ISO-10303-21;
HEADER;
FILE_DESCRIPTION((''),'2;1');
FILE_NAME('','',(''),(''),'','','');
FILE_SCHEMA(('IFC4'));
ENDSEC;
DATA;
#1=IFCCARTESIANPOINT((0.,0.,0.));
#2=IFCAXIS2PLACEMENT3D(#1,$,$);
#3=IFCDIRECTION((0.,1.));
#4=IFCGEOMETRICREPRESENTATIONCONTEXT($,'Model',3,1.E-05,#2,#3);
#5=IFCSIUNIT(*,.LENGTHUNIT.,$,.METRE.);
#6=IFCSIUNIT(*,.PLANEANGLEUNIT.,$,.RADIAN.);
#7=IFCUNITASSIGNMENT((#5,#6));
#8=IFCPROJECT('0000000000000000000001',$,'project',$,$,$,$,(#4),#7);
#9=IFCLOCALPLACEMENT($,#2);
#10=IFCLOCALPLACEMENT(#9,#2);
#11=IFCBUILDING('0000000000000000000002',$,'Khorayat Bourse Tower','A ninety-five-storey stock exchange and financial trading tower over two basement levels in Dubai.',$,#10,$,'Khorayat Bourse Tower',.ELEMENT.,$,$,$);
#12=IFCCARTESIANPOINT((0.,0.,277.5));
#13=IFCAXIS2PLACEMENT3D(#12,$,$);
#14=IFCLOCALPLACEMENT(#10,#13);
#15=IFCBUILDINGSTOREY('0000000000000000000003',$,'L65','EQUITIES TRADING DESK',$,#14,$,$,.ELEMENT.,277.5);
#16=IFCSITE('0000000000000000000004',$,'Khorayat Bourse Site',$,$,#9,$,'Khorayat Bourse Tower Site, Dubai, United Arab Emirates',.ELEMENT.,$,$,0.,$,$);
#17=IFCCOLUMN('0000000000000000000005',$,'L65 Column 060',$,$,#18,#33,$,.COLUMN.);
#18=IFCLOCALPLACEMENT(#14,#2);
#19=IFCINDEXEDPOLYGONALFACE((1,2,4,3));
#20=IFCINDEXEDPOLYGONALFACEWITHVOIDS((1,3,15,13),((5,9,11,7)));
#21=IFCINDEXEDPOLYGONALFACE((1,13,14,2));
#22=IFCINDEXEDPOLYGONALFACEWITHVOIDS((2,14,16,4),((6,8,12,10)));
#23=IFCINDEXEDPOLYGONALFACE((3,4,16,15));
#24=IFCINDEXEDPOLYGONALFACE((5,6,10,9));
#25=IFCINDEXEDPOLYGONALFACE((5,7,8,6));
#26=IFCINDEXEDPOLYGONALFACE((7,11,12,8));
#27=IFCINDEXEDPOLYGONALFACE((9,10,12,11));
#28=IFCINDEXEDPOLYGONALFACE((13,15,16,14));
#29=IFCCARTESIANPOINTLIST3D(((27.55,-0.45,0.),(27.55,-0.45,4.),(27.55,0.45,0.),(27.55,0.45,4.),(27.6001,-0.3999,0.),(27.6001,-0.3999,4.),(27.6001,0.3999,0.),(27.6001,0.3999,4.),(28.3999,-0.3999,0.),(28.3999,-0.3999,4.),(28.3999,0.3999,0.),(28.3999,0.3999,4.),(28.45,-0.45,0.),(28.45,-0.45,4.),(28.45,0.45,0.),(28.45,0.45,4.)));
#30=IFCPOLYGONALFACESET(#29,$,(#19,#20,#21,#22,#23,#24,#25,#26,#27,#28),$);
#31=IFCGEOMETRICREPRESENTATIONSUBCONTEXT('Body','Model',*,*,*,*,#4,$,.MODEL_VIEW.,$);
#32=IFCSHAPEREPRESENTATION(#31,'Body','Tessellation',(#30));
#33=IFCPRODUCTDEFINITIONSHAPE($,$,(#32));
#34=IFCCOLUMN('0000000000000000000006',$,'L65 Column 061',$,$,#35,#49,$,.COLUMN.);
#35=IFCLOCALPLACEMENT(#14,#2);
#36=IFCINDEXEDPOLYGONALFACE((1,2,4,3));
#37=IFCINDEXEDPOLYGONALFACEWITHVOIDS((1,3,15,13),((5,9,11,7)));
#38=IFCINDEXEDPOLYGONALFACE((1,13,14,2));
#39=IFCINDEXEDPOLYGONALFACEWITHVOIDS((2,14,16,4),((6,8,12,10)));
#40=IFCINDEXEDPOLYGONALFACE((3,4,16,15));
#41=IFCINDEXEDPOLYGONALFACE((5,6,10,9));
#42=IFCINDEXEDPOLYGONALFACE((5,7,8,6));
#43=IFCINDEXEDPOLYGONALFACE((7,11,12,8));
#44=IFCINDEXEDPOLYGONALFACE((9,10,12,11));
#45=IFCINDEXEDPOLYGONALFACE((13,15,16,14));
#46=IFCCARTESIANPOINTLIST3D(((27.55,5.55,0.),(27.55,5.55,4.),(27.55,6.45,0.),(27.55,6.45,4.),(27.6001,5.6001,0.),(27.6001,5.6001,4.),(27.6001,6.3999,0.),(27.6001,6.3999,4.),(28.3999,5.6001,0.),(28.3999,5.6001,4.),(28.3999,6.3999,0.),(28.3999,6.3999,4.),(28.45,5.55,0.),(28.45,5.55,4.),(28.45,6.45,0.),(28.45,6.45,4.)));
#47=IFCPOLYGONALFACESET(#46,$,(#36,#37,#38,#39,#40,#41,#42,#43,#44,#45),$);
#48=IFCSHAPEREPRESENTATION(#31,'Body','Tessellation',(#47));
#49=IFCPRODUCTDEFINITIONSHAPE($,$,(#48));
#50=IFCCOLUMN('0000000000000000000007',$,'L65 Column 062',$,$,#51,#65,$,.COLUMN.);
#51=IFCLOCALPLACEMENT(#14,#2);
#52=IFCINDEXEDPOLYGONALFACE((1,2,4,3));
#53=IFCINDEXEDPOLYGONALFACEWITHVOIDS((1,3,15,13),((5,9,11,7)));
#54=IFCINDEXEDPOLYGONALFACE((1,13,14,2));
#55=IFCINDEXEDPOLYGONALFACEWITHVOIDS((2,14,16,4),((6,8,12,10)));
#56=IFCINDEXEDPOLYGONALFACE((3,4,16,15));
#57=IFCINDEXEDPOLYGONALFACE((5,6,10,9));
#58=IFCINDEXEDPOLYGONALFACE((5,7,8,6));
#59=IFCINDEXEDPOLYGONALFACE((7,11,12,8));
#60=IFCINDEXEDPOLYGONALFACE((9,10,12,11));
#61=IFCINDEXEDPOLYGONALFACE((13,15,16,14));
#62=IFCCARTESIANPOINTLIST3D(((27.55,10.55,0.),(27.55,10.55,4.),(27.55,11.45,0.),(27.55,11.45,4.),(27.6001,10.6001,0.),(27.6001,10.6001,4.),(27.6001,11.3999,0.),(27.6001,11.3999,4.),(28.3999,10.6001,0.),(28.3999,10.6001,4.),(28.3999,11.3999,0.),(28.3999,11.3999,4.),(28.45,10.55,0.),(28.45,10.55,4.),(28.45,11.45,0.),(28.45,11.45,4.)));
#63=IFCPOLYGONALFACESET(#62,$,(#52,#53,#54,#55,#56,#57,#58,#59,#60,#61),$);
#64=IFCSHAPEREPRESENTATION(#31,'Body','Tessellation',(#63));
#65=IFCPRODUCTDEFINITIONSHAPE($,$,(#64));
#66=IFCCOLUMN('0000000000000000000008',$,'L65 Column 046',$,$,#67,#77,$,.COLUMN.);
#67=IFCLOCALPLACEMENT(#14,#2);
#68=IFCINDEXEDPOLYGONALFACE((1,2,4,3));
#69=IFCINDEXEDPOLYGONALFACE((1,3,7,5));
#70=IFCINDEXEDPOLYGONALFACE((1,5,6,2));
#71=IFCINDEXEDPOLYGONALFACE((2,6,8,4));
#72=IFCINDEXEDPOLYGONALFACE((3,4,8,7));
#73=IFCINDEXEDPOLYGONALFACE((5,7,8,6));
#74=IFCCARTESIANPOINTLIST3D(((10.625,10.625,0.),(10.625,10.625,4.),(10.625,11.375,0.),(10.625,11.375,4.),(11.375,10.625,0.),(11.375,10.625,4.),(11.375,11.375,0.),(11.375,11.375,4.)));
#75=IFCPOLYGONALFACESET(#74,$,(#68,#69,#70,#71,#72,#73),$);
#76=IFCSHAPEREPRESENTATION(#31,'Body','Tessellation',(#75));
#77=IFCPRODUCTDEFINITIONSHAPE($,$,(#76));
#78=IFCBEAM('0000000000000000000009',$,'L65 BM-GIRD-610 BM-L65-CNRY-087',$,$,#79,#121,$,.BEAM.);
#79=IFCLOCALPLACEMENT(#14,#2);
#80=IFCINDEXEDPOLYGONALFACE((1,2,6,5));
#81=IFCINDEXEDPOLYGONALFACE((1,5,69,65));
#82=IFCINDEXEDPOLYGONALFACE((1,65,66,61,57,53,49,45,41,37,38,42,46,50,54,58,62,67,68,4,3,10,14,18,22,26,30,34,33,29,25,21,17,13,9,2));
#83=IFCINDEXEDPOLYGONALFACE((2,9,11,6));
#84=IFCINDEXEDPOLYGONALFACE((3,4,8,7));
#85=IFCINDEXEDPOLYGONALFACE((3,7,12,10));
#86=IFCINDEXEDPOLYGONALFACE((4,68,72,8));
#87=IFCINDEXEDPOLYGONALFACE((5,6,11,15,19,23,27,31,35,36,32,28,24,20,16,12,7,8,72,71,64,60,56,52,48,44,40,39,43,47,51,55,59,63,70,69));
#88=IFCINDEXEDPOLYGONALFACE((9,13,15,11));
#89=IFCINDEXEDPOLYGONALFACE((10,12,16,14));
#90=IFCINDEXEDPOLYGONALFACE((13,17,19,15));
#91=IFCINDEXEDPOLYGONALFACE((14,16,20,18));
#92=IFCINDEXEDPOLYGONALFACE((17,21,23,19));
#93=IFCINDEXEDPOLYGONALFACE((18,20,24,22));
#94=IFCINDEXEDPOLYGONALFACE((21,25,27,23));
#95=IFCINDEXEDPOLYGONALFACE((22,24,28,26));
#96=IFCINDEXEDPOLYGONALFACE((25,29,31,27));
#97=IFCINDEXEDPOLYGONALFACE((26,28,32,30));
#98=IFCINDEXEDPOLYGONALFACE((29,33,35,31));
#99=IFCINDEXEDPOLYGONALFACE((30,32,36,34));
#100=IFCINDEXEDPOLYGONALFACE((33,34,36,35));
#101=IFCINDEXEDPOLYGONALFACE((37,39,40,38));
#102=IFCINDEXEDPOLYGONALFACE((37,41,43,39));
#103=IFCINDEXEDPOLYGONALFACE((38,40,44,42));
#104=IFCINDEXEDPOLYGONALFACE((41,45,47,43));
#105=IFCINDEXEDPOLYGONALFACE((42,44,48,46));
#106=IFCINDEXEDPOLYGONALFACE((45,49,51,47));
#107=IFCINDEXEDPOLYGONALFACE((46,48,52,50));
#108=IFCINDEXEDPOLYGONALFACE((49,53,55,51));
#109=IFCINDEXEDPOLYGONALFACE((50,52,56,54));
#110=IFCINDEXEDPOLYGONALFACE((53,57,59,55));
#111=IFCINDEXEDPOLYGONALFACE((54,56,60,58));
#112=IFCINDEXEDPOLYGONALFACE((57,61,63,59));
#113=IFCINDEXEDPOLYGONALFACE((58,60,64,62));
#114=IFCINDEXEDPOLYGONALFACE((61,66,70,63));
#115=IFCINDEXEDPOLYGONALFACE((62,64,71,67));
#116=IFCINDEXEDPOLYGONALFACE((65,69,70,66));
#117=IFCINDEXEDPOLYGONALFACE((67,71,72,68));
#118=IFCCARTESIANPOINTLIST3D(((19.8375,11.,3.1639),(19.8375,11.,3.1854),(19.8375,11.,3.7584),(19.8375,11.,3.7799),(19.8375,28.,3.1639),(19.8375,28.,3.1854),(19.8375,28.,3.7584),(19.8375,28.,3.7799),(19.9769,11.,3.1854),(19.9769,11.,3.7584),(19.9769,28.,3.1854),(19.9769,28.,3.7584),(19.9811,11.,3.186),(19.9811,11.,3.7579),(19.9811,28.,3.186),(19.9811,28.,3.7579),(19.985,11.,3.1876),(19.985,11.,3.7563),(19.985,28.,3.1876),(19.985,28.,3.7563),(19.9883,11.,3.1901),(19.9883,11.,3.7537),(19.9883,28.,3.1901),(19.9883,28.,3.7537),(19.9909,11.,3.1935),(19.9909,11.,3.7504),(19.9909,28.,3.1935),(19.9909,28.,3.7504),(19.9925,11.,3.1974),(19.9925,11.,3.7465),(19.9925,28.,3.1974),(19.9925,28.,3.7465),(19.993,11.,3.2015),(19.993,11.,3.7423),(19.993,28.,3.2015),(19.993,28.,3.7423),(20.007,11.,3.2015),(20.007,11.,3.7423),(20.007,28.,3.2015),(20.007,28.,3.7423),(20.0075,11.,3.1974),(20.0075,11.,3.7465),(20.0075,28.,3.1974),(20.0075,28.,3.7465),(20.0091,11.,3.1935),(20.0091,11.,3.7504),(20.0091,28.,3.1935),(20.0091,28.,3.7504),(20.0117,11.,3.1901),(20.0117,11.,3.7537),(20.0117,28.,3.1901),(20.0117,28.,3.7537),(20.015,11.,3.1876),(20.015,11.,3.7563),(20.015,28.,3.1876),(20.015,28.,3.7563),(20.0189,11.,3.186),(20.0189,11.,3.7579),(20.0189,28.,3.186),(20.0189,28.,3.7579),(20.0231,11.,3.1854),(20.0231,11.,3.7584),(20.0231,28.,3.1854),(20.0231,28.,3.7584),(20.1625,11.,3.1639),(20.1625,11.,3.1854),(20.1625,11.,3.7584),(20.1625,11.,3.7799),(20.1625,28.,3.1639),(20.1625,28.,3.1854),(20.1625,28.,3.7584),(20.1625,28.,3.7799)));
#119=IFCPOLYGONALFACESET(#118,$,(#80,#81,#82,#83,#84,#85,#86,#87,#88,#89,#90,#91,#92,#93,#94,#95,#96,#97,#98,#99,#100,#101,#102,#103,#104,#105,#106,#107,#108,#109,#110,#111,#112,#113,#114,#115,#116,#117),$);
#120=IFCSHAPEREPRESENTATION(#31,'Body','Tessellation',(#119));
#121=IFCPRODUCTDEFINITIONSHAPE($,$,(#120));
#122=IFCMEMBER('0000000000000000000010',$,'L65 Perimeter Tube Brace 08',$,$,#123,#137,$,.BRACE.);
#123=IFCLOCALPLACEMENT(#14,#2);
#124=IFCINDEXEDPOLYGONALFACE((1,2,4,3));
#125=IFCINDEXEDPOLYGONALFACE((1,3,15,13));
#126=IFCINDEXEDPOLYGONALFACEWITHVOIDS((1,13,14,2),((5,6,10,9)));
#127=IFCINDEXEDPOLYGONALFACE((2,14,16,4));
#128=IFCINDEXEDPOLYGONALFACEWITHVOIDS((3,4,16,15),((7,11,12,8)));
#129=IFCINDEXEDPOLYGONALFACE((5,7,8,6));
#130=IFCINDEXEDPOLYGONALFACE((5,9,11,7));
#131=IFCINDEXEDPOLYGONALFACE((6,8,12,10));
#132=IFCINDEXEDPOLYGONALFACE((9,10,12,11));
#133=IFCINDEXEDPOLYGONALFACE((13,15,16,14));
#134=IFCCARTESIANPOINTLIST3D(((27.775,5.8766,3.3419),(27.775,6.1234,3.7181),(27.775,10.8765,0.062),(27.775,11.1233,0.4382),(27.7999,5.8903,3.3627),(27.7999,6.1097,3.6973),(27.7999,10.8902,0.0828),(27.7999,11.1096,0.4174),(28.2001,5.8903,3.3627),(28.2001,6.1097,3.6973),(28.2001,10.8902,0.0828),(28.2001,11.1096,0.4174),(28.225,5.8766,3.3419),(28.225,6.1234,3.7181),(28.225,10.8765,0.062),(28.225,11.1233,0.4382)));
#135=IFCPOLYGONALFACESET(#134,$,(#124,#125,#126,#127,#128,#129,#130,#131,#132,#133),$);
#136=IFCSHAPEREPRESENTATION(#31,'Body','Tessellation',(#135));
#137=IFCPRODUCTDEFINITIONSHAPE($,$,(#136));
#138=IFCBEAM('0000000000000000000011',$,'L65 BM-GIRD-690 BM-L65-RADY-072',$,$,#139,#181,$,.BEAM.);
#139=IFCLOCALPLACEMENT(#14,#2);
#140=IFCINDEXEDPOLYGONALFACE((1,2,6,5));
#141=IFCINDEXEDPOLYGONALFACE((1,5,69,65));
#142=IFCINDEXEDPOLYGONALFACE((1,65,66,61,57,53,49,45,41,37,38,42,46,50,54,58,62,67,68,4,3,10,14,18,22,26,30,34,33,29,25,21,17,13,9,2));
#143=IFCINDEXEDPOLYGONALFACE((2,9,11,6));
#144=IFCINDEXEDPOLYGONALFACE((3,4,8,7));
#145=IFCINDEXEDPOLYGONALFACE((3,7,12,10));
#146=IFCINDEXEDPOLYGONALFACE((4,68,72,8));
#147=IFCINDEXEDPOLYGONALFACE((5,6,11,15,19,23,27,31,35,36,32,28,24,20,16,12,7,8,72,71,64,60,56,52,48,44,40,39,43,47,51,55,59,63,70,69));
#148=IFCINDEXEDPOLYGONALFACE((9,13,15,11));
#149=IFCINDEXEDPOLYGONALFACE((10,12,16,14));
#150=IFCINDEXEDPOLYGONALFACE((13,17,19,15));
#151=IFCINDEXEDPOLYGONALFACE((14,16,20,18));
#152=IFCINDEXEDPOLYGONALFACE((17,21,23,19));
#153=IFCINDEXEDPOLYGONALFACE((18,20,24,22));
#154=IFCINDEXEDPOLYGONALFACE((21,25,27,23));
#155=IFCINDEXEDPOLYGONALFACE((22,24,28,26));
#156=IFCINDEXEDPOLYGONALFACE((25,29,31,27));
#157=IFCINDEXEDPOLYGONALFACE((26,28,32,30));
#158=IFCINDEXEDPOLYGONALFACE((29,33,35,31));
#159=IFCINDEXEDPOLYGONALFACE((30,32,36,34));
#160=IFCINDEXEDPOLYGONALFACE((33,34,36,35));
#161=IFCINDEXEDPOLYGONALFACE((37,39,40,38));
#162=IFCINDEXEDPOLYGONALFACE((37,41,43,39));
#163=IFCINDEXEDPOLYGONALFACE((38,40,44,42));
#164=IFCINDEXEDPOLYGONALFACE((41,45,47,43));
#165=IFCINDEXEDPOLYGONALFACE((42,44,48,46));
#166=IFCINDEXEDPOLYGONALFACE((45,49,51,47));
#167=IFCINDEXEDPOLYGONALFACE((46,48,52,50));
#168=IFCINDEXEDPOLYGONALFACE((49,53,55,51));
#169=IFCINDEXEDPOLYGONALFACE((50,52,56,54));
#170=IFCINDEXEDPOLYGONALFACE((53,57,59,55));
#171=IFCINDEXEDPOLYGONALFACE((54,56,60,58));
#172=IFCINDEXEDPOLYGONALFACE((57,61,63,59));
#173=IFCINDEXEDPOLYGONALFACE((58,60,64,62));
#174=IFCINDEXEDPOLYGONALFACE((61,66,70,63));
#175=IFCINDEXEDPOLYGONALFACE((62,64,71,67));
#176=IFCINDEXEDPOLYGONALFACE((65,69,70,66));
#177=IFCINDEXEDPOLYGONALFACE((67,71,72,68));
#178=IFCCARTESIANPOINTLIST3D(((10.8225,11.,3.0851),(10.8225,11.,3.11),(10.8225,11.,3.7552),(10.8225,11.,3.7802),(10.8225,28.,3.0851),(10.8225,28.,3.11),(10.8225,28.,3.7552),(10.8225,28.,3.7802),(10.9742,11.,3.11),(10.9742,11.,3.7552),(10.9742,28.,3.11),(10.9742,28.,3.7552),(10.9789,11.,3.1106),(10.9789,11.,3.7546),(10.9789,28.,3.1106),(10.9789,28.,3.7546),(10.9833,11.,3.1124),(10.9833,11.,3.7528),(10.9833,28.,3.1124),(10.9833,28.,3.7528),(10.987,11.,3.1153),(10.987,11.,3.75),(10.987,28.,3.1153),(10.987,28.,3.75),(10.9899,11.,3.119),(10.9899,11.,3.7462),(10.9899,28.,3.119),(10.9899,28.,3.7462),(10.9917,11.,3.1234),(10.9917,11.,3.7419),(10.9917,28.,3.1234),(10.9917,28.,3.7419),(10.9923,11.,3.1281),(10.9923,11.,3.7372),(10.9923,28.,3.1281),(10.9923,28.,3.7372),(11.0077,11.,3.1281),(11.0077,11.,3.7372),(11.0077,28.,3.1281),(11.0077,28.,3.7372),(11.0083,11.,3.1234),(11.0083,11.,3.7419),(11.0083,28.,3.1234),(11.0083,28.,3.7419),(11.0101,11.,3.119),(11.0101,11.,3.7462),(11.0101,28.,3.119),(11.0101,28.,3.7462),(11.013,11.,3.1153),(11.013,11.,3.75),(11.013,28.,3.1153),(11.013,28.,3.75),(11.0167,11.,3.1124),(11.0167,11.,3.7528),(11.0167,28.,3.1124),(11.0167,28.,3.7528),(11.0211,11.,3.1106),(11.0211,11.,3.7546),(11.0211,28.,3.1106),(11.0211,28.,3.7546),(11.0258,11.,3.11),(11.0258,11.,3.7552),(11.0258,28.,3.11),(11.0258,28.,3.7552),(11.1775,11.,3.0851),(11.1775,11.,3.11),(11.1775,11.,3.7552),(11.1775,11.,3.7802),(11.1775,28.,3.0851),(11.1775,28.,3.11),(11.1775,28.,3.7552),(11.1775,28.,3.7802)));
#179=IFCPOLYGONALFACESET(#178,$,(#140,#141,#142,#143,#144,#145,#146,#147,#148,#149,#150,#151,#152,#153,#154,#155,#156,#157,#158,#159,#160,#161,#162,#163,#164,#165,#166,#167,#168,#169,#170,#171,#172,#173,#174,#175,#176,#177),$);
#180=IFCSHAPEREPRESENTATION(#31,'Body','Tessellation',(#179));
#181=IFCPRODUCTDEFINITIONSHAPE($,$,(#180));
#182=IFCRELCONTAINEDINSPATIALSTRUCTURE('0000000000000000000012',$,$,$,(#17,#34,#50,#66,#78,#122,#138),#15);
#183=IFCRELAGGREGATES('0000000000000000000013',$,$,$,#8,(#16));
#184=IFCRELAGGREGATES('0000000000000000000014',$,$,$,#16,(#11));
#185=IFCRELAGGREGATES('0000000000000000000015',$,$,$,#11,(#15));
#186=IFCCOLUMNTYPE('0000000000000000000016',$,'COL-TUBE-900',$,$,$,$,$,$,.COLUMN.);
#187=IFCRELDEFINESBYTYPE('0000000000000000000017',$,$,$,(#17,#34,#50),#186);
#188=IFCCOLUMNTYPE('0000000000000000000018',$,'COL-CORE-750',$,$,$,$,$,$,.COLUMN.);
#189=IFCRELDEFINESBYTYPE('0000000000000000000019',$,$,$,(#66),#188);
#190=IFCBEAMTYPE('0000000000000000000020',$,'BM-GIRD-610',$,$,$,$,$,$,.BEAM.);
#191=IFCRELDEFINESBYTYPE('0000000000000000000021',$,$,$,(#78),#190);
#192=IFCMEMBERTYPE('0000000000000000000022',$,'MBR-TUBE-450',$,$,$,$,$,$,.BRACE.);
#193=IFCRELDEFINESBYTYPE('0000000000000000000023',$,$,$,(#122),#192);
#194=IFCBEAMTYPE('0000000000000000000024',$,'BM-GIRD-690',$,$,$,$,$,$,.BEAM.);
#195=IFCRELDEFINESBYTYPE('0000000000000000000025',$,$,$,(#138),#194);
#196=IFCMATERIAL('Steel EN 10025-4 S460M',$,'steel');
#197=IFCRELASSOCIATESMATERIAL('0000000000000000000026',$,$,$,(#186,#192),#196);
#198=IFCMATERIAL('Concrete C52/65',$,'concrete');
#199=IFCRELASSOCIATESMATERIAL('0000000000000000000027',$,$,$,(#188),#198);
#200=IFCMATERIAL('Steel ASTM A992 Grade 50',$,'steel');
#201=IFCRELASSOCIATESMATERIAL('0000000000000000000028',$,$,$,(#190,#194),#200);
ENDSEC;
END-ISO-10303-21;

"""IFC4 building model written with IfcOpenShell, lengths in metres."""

from ifc_helpers import new_model, si_unit, direction, frame, origin, origin_2d, place, context, subcontext, project, spatial, rectangle, hollow_rectangle, i_section, extrude, source, transform, mapped, material, material_profile, profile_set, type_object, element, save


model = new_model("IFC4")

# Units and contexts
model_context = context("Model", 3, precision=1e-05, world=origin(), true_north=direction((0.0, 1.0)))
body_context = subcontext(model_context, "Body", "Model", "MODEL_VIEW")
ifc_project = project(units=[si_unit("LENGTHUNIT", "METRE"), si_unit("PLANEANGLEUNIT", "RADIAN")], contexts=[model_context])

# Site, building, storey
site_placement = place(None, origin())
site = spatial("IfcSite", under=ifc_project, at=site_placement, Name="Khorayat Bourse Site", LongName="Khorayat Bourse Tower Site, Dubai, United Arab Emirates", CompositionType="ELEMENT", RefElevation=0.0)
building_placement = place(site_placement, origin())
building = spatial("IfcBuilding", under=site, at=building_placement, Name="Khorayat Bourse Tower", Description="A ninety-five-storey stock exchange and financial trading tower over two basement levels in Dubai.", LongName="Khorayat Bourse Tower", CompositionType="ELEMENT")
storey_placement = place(building_placement, frame((0.0, 0.0, 277.5)))
storey = spatial("IfcBuildingStorey", under=building, at=storey_placement, Name="L65", Description="EQUITIES TRADING DESK", CompositionType="ELEMENT", Elevation=277.5)

# Columns
ifc_material_1 = material(Name="Steel EN 10025-4 S460M", Category="steel")
ifc_material_profile_1 = material_profile(ifc_material_1, hollow_rectangle(XDim=0.8999, YDim=0.8999, WallThickness=0.05, at=origin_2d()), Name="BOX 900x900x50")
ifc_profile_set_1 = profile_set([ifc_material_profile_1], Name="Steel EN 10025-4 S460M")
column_type_1 = type_object("IfcColumnType", Name="COL-TUBE-900", PredefinedType="COLUMN", material=ifc_profile_set_1)
shared_shape_1 = source(origin(), body_context, "Body", "SweptSolid", [
    extrude(hollow_rectangle(XDim=0.8999, YDim=0.8999, WallThickness=0.05, at=origin_2d()), origin(), (0.0, 0.0, 1.0), 4.0),
])
for number, where, z_axis, x_axis, name in (
    (1, (28.0, 0.0, 0.0), (0.0, 0.0, 1.0), (1.0, 0.0, 0.0), "L65 Column 060"),
    (2, (28.0, 6.0, 0.0), (0.0, 0.0, 1.0), (1.0, 0.0, 0.0), "L65 Column 061"),
    (3, (28.0, 11.0, 0.0), (0.0, 0.0, 1.0), (1.0, 0.0, 0.0), "L65 Column 062"),
):
    element("IfcColumn", number, at=place(storey_placement, frame(where, z_axis=z_axis, x_axis=x_axis)), inside=storey, type_object=column_type_1, Name=name, PredefinedType="COLUMN", context=body_context, shape_type="MappedRepresentation", body=[
        mapped(shared_shape_1, transform((0.0, 0.0, 0.0), scale=1.0)),
    ])
ifc_material_2 = material(Name="Concrete C52/65", Category="concrete")
ifc_material_profile_2 = material_profile(ifc_material_2, rectangle(XDim=0.75, YDim=0.75, at=origin_2d()), Name="RC 750x750")
ifc_profile_set_2 = profile_set([ifc_material_profile_2], Name="Concrete C52/65")
column_type_2 = type_object("IfcColumnType", Name="COL-CORE-750", PredefinedType="COLUMN", material=ifc_profile_set_2)
shared_shape_2 = source(origin(), body_context, "Body", "SweptSolid", [
    extrude(rectangle(XDim=0.75, YDim=0.75, at=origin_2d()), origin(), (0.0, 0.0, 1.0), 4.0),
])
column_placement = place(storey_placement, frame((11.0, 11.0, 0.0), z_axis=(0.0, 0.0, 1.0), x_axis=(1.0, 0.0, 0.0)))
element("IfcColumn", 4, at=column_placement, inside=storey, type_object=column_type_2, Name="L65 Column 046", PredefinedType="COLUMN", context=body_context, shape_type="MappedRepresentation", body=[
    mapped(shared_shape_2, transform((0.0, 0.0, 0.0), scale=1.0)),
])

# Beam
ifc_material_3 = material(Name="Steel ASTM A992 Grade 50", Category="steel")
ifc_material_profile_3 = material_profile(ifc_material_3, i_section(OverallWidth=0.325, OverallDepth=0.616, WebThickness=0.0139, FlangeThickness=0.0215, FilletRadius=0.0161, at=origin_2d()), Name="W610X174")
ifc_profile_set_3 = profile_set([ifc_material_profile_3], Name="Steel ASTM A992 Grade 50")
beam_type_1 = type_object("IfcBeamType", Name="BM-GIRD-610", PredefinedType="BEAM", material=ifc_profile_set_3)
shared_shape_3 = source(origin(), body_context, "Body", "SweptSolid", [
    extrude(i_section(OverallWidth=0.325, OverallDepth=0.616, WebThickness=0.0139, FlangeThickness=0.0215, FilletRadius=0.0161, at=origin_2d()), origin(), (0.0, 0.0, 1.0), 17.0),
])
beam_1_placement = place(storey_placement, frame((20.0, 11.0, 3.4719), z_axis=(0.0, 1.0, 0.0), x_axis=(-1.0, 0.0, 0.0)))
element("IfcBeam", 5, at=beam_1_placement, inside=storey, type_object=beam_type_1, Name="L65 BM-GIRD-610 BM-L65-CNRY-087", PredefinedType="BEAM", context=body_context, shape_type="MappedRepresentation", body=[
    mapped(shared_shape_3, transform((0.0, 0.0, 0.0), scale=1.0)),
])

# Member
ifc_material_profile_4 = material_profile(ifc_material_1, hollow_rectangle(XDim=0.45, YDim=0.45, WallThickness=0.0249, at=origin_2d()), Name="HSS 450x450x25")
ifc_profile_set_4 = profile_set([ifc_material_profile_4], Name="Steel EN 10025-4 S460M")
member_type_1 = type_object("IfcMemberType", Name="MBR-TUBE-450", PredefinedType="BRACE", material=ifc_profile_set_4)
shared_shape_4 = source(origin(), body_context, "Body", "SweptSolid", [
    extrude(hollow_rectangle(XDim=0.45, YDim=0.45, WallThickness=0.0249, at=origin_2d()), origin(), (0.0, 0.0, 1.0), 5.9797),
])
member_1_placement = place(storey_placement, frame((28.0, 6.0, 3.53), z_axis=(0.0, 0.836142, -0.548514), x_axis=(-1.0, 0.0, 0.0)))
element("IfcMember", 6, at=member_1_placement, inside=storey, type_object=member_type_1, Name="L65 Perimeter Tube Brace 08", PredefinedType="BRACE", context=body_context, shape_type="MappedRepresentation", body=[
    mapped(shared_shape_4, transform((0.0, 0.0, 0.0), scale=1.0)),
])

# Beam
ifc_material_profile_5 = material_profile(ifc_material_3, i_section(OverallWidth=0.355, OverallDepth=0.6951, WebThickness=0.0154, FlangeThickness=0.0249, FilletRadius=0.0181, at=origin_2d()), Name="W690X217")
ifc_profile_set_5 = profile_set([ifc_material_profile_5], Name="Steel ASTM A992 Grade 50")
beam_type_2 = type_object("IfcBeamType", Name="BM-GIRD-690", PredefinedType="BEAM", material=ifc_profile_set_5)
shared_shape_5 = source(origin(), body_context, "Body", "SweptSolid", [
    extrude(i_section(OverallWidth=0.355, OverallDepth=0.6951, WebThickness=0.0154, FlangeThickness=0.0249, FilletRadius=0.0181, at=origin_2d()), origin(), (0.0, 0.0, 1.0), 17.0),
])
for number, where, z_axis, x_axis, name in (
    (7, (11.0, 11.0, 3.4326), (0.0, 1.0, 0.0), (-1.0, 0.0, 0.0), "L65 BM-GIRD-690 BM-L65-RADY-072"),
):
    element("IfcBeam", number, at=place(storey_placement, frame(where, z_axis=z_axis, x_axis=x_axis)), inside=storey, type_object=beam_type_2, Name=name, PredefinedType="BEAM", context=body_context, shape_type="MappedRepresentation", body=[
        mapped(shared_shape_5, transform((0.0, 0.0, 0.0), scale=1.0)),
    ])

save(model, "model.ifc")
